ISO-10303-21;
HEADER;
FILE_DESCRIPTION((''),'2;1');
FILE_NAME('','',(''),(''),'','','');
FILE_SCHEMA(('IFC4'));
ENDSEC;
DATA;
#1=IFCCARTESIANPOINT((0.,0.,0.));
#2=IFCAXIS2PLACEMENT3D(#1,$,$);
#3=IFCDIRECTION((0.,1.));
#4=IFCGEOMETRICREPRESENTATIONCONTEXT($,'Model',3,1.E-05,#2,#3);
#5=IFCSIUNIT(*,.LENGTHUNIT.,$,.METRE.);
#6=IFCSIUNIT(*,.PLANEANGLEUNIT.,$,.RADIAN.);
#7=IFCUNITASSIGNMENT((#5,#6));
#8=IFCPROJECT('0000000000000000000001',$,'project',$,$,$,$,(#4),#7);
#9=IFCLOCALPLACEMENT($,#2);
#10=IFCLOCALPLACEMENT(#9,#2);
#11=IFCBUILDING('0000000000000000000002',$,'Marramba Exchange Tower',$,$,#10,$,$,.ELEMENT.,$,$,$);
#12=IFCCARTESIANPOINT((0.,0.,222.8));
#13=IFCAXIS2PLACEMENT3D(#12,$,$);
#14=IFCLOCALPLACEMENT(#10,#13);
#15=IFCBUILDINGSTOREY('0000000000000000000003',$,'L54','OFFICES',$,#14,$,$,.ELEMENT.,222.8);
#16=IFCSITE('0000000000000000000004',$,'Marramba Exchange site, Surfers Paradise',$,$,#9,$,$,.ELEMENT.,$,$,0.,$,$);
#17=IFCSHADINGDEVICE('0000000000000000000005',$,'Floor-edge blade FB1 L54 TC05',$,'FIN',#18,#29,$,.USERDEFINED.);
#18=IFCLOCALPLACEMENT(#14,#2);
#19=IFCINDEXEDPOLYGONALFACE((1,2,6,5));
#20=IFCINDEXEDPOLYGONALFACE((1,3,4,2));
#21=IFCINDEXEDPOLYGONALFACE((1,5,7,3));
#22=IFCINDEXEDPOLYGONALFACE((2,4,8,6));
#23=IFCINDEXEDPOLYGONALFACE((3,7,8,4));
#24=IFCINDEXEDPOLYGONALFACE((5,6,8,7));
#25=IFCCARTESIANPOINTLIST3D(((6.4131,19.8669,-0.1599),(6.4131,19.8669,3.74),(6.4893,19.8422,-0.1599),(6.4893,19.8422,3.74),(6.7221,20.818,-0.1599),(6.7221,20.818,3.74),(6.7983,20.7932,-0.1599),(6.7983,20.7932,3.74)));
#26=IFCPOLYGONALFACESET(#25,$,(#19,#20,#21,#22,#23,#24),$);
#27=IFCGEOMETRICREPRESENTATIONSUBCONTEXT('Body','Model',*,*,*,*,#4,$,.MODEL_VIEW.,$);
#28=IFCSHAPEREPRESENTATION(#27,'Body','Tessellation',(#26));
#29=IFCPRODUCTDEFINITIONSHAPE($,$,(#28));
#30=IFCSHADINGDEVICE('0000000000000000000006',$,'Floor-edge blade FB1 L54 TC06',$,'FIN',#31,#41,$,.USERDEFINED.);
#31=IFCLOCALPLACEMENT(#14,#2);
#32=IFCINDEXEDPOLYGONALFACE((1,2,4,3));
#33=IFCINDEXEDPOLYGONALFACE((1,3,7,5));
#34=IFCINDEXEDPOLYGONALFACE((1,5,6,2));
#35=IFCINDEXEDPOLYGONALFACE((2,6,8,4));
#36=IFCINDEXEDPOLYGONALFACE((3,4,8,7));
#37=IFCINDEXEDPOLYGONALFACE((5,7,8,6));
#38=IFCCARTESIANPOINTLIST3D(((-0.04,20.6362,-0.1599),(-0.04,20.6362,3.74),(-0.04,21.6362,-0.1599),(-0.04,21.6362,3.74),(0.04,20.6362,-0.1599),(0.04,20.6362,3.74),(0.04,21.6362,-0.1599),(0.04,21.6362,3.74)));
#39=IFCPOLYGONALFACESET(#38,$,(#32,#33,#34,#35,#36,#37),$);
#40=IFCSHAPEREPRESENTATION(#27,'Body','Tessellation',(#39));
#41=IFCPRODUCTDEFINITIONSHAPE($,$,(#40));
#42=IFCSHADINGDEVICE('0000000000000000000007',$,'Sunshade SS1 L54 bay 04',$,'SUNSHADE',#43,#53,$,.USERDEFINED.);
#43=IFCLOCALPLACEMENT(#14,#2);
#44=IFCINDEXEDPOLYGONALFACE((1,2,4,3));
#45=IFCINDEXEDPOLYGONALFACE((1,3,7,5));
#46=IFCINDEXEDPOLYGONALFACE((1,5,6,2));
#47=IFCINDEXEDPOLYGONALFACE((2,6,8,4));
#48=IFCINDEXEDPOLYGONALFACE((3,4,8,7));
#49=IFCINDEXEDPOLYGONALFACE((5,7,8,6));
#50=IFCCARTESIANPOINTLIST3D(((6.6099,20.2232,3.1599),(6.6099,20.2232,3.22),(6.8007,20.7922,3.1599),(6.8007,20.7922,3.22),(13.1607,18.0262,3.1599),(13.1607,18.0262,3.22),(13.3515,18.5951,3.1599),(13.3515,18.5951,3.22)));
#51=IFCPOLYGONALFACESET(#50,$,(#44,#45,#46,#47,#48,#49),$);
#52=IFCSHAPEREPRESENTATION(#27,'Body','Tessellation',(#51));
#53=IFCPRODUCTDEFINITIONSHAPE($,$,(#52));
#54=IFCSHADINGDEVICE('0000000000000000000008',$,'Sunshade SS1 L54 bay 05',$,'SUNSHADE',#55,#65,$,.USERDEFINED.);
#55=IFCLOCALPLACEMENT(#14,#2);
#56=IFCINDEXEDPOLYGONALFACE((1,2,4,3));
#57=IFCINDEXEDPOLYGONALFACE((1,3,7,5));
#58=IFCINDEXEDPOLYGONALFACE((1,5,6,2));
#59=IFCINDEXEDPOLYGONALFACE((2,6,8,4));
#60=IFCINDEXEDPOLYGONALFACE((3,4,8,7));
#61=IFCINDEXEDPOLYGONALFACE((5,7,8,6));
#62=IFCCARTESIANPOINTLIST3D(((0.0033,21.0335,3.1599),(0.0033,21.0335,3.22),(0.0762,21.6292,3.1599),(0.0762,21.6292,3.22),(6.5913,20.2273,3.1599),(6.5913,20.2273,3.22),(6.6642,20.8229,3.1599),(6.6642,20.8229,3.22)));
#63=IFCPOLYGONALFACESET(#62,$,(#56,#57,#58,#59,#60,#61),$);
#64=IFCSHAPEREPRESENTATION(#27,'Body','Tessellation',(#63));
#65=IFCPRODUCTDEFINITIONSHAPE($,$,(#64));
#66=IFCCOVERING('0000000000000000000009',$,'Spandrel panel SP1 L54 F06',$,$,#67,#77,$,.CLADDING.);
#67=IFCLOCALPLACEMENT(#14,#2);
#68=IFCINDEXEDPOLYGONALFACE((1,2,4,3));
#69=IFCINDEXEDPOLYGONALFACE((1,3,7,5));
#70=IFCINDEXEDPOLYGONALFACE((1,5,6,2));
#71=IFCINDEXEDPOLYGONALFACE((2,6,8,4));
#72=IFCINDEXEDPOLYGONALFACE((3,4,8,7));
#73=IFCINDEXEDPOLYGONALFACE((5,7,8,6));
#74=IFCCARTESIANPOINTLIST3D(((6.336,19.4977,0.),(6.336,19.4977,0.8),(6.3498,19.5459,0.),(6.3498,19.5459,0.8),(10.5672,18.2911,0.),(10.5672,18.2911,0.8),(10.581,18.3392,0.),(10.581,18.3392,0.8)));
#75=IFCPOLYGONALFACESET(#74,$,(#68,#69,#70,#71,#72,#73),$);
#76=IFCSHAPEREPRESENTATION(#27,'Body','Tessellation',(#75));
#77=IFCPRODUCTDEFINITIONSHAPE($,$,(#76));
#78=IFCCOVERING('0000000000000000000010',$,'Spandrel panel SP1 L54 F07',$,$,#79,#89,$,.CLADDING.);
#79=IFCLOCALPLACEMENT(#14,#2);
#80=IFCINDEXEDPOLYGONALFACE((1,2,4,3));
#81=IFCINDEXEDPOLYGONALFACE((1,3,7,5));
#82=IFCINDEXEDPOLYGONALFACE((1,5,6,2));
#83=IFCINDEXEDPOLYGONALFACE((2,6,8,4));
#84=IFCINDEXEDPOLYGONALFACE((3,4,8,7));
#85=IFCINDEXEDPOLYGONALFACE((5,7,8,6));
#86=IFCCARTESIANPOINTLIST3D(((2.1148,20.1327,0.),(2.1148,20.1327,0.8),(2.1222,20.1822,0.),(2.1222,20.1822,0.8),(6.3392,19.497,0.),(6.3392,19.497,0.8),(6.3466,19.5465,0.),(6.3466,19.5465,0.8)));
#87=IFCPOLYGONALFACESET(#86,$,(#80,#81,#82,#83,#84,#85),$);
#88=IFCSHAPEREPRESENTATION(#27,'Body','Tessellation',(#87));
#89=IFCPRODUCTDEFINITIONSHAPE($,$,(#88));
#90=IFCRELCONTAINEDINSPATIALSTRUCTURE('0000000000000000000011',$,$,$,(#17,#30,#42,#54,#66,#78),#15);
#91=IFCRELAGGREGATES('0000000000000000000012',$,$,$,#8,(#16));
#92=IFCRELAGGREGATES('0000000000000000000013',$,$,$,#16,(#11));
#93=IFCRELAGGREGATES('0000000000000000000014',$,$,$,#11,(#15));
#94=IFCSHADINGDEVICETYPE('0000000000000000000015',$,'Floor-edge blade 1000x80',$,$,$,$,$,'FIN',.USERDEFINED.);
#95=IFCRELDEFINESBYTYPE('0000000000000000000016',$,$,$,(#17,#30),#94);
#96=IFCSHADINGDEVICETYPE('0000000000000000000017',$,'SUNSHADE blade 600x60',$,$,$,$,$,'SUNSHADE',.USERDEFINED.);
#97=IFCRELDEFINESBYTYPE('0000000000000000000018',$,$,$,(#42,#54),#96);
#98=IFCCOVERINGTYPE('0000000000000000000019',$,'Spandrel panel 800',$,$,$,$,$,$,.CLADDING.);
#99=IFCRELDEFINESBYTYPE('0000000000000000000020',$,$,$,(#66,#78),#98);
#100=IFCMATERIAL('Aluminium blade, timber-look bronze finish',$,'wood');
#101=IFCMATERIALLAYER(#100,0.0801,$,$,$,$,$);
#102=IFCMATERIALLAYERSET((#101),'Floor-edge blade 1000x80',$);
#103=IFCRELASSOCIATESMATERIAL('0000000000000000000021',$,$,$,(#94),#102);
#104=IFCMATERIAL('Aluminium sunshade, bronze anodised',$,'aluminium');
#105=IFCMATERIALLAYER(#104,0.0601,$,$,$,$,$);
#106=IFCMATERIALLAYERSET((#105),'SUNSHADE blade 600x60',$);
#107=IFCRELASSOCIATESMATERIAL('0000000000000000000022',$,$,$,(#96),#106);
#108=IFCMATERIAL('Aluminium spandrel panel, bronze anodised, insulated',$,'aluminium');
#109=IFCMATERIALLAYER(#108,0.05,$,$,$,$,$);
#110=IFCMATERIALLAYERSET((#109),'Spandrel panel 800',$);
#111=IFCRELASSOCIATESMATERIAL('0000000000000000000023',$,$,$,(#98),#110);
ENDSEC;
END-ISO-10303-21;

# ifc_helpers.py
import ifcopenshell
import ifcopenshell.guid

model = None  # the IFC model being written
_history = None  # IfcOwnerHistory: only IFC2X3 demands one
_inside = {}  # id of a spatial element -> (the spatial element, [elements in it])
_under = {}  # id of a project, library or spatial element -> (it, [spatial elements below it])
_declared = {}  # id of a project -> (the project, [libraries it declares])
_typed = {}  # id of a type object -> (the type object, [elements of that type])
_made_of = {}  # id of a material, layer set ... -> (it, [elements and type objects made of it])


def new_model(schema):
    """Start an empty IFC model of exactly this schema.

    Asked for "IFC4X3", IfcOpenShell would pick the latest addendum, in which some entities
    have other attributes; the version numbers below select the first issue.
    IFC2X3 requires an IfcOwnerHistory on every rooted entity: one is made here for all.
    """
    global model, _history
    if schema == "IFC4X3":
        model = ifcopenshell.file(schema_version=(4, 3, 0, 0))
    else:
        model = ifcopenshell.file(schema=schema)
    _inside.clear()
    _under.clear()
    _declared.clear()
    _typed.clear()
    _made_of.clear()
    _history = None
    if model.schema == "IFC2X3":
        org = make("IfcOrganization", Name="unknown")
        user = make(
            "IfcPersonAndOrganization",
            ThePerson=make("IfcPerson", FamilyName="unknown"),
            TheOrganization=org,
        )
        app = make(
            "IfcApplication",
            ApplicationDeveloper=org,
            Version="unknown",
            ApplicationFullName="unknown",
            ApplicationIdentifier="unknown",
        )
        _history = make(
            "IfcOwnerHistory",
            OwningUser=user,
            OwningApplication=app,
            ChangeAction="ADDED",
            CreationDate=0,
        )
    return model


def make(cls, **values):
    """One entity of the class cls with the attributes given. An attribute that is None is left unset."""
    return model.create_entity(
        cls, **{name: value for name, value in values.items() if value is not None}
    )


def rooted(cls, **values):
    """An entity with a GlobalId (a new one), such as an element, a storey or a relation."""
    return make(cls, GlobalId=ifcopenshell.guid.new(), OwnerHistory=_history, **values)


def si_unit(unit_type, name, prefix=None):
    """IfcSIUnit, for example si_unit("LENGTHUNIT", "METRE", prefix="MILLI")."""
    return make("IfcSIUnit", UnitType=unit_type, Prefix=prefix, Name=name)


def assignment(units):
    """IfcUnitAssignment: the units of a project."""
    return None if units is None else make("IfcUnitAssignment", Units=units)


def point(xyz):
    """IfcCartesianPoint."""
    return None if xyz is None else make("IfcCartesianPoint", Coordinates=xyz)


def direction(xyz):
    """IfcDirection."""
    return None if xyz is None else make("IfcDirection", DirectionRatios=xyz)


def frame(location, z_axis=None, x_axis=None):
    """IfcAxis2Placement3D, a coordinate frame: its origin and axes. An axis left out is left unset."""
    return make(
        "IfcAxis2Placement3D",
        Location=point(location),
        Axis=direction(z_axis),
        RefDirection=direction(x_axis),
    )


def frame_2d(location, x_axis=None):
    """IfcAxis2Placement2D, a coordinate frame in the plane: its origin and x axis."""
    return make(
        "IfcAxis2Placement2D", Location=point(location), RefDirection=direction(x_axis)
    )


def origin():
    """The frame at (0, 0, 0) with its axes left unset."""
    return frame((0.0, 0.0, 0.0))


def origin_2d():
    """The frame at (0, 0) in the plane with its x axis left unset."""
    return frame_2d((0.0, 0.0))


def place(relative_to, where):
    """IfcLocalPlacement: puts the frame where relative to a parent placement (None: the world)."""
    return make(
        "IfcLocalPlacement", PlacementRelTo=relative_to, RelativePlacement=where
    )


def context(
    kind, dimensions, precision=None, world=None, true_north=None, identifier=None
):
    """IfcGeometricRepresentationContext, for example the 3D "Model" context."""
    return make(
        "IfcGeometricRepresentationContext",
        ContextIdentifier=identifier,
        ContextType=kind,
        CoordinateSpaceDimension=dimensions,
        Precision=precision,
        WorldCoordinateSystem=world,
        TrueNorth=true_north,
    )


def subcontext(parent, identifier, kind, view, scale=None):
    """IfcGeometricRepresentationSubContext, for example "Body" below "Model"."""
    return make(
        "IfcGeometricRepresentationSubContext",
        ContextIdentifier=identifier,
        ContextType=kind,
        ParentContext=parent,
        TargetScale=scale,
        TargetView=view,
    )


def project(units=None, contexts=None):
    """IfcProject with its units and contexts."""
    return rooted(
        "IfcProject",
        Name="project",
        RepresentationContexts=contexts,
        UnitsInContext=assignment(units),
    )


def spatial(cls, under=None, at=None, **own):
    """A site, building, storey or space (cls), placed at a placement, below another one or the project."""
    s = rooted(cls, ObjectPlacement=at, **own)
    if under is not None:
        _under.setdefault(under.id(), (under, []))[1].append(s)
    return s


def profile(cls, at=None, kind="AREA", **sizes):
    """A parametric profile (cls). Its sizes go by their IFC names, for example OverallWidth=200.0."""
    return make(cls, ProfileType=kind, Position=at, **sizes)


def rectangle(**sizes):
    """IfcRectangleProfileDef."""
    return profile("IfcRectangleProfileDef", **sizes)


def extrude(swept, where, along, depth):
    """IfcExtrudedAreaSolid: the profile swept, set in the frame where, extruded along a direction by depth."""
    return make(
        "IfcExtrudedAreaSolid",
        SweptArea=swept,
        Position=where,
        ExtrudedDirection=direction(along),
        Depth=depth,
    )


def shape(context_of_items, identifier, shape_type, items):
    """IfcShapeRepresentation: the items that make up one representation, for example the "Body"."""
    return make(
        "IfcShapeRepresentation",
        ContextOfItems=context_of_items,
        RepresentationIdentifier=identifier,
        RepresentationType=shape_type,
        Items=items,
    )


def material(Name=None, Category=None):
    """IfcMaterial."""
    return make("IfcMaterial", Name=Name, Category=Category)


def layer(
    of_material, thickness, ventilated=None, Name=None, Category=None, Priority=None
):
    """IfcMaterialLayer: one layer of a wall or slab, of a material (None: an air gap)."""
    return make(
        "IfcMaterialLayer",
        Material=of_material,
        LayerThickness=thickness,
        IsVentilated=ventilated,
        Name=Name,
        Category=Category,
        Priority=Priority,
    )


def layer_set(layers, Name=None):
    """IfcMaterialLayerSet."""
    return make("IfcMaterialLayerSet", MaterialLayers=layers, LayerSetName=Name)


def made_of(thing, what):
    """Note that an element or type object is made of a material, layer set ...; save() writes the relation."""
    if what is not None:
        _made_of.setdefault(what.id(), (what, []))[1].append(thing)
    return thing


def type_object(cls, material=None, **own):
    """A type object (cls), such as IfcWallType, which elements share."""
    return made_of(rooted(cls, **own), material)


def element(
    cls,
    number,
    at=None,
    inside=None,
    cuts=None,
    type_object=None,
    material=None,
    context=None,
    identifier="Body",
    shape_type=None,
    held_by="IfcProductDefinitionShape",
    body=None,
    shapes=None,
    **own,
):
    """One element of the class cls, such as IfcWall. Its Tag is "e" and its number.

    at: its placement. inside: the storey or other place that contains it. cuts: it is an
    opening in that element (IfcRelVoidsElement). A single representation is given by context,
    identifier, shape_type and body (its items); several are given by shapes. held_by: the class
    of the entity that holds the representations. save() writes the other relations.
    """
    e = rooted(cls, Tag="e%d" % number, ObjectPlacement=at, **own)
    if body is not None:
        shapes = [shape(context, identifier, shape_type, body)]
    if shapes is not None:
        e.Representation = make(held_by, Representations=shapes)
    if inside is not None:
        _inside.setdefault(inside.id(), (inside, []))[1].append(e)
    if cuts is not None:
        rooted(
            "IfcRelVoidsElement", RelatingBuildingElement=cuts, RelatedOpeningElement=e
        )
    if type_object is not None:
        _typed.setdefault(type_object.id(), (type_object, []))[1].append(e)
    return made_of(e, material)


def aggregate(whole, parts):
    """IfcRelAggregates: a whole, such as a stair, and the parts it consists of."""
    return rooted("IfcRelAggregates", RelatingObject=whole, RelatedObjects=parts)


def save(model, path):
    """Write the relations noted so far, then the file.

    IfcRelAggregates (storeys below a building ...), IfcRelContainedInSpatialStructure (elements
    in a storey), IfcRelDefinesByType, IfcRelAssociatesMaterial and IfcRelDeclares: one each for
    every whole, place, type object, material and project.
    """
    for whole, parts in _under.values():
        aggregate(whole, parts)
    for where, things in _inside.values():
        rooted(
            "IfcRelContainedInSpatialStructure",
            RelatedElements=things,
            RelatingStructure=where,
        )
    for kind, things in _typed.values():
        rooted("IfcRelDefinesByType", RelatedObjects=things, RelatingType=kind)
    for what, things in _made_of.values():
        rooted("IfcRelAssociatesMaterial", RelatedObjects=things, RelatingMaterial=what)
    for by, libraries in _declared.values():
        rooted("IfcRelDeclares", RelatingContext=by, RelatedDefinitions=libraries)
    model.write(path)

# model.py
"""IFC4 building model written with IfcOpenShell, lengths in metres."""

from ifc_helpers import new_model, si_unit, direction, frame, origin, origin_2d, place, context, subcontext, project, spatial, rectangle, extrude, material, layer, layer_set, type_object, element, save


model = new_model("IFC4")

# Units and contexts
model_context = context("Model", 3, precision=1e-05, world=origin(), true_north=direction((0.0, 1.0)))
body_context = subcontext(model_context, "Body", "Model", "MODEL_VIEW")
ifc_project = project(units=[si_unit("LENGTHUNIT", "METRE"), si_unit("PLANEANGLEUNIT", "RADIAN")], contexts=[model_context])

# Site, building, storey
site_placement = place(None, origin())
site = spatial("IfcSite", under=ifc_project, at=site_placement, Name="Marramba Exchange site, Surfers Paradise", CompositionType="ELEMENT", RefElevation=0.0)
building_placement = place(site_placement, origin())
building = spatial("IfcBuilding", under=site, at=building_placement, Name="Marramba Exchange Tower", CompositionType="ELEMENT")
storey_placement = place(building_placement, frame((0.0, 0.0, 222.8)))
storey = spatial("IfcBuildingStorey", under=building, at=storey_placement, Name="L54", Description="OFFICES", CompositionType="ELEMENT", Elevation=222.8)

# Shading devices
ifc_material_1 = material(Name="Aluminium blade, timber-look bronze finish", Category="wood")
ifc_layer_1 = layer(ifc_material_1, 0.0801)
ifc_layer_set_1 = layer_set([ifc_layer_1], Name="Floor-edge blade 1000x80")
shading_device_type_1 = type_object("IfcShadingDeviceType", Name="Floor-edge blade 1000x80", ElementType="FIN", PredefinedType="USERDEFINED", material=ifc_layer_set_1)
for number, where, z_axis, x_axis, name in (
    (1, (6.6057, 20.3301, -0.1599), (0.0, 0.0, 1.0), (0.309017, 0.951057, 0.0), "Floor-edge blade FB1 L54 TC05"),
    (2, (0.0, 21.1362, -0.1599), (0.0, 0.0, 1.0), (0.0, 1.0, 0.0), "Floor-edge blade FB1 L54 TC06"),
):
    element("IfcShadingDevice", number, at=place(storey_placement, frame(where, z_axis=z_axis, x_axis=x_axis)), inside=storey, type_object=shading_device_type_1, Name=name, ObjectType="FIN", PredefinedType="USERDEFINED", context=body_context, shape_type="SweptSolid", body=[
        extrude(rectangle(XDim=1.0, YDim=0.0801, at=origin_2d()), origin(), (0.0, 0.0, 1.0), 3.8999),
    ])
ifc_material_2 = material(Name="Aluminium sunshade, bronze anodised", Category="aluminium")
ifc_layer_2 = layer(ifc_material_2, 0.0601)
ifc_layer_set_2 = layer_set([ifc_layer_2], Name="SUNSHADE blade 600x60")
shading_device_type_2 = type_object("IfcShadingDeviceType", Name="SUNSHADE blade 600x60", ElementType="SUNSHADE", PredefinedType="USERDEFINED", material=ifc_layer_set_2)
shading_device_1_placement = place(storey_placement, frame((9.9807, 19.4092, 3.1599), z_axis=(0.0, 0.0, 1.0), x_axis=(-0.948096, 0.317983, 0.0)))
element("IfcShadingDevice", 3, at=shading_device_1_placement, inside=storey, type_object=shading_device_type_2, Name="Sunshade SS1 L54 bay 04", ObjectType="SUNSHADE", PredefinedType="USERDEFINED", context=body_context, shape_type="SweptSolid", body=[
    extrude(rectangle(XDim=6.9094, YDim=0.6001, at=origin_2d()), origin(), (0.0, 0.0, 1.0), 0.0601),
])
shading_device_2_placement = place(storey_placement, frame((3.3337, 20.9282, 3.1599), z_axis=(0.0, 0.0, 1.0), x_axis=(-0.992595, 0.121469, 0.0)))
element("IfcShadingDevice", 4, at=shading_device_2_placement, inside=storey, type_object=shading_device_type_2, Name="Sunshade SS1 L54 bay 05", ObjectType="SUNSHADE", PredefinedType="USERDEFINED", context=body_context, shape_type="SweptSolid", body=[
    extrude(rectangle(XDim=6.6372, YDim=0.6001, at=origin_2d()), origin(), (0.0, 0.0, 1.0), 0.0601),
])

# Coverings
ifc_material_3 = material(Name="Aluminium spandrel panel, bronze anodised, insulated", Category="aluminium")
ifc_layer_3 = layer(ifc_material_3, 0.05)
ifc_layer_set_3 = layer_set([ifc_layer_3], Name="Spandrel panel 800")
covering_type = type_object("IfcCoveringType", Name="Spandrel panel 800", PredefinedType="CLADDING", material=ifc_layer_set_3)
covering_1_placement = place(storey_placement, frame((8.4585, 18.9185, 0.0), z_axis=(0.0, 0.0, 1.0), x_axis=(-0.961659, 0.274248, 0.0)))
element("IfcCovering", 5, at=covering_1_placement, inside=storey, type_object=covering_type, Name="Spandrel panel SP1 L54 F06", PredefinedType="CLADDING", context=body_context, shape_type="SweptSolid", body=[
    extrude(rectangle(XDim=4.3999, YDim=0.05, at=origin_2d()), origin(), (0.0, 0.0, 1.0), 0.8),
])
covering_2_placement = place(storey_placement, frame((4.2307, 19.8396, 0.0), z_axis=(0.0, 0.0, 1.0), x_axis=(-0.988868, 0.148795, 0.0)))
element("IfcCovering", 6, at=covering_2_placement, inside=storey, type_object=covering_type, Name="Spandrel panel SP1 L54 F07", PredefinedType="CLADDING", context=body_context, shape_type="SweptSolid", body=[
    extrude(rectangle(XDim=4.272, YDim=0.05, at=origin_2d()), origin(), (0.0, 0.0, 1.0), 0.8),
])

save(model, "model.ifc")
